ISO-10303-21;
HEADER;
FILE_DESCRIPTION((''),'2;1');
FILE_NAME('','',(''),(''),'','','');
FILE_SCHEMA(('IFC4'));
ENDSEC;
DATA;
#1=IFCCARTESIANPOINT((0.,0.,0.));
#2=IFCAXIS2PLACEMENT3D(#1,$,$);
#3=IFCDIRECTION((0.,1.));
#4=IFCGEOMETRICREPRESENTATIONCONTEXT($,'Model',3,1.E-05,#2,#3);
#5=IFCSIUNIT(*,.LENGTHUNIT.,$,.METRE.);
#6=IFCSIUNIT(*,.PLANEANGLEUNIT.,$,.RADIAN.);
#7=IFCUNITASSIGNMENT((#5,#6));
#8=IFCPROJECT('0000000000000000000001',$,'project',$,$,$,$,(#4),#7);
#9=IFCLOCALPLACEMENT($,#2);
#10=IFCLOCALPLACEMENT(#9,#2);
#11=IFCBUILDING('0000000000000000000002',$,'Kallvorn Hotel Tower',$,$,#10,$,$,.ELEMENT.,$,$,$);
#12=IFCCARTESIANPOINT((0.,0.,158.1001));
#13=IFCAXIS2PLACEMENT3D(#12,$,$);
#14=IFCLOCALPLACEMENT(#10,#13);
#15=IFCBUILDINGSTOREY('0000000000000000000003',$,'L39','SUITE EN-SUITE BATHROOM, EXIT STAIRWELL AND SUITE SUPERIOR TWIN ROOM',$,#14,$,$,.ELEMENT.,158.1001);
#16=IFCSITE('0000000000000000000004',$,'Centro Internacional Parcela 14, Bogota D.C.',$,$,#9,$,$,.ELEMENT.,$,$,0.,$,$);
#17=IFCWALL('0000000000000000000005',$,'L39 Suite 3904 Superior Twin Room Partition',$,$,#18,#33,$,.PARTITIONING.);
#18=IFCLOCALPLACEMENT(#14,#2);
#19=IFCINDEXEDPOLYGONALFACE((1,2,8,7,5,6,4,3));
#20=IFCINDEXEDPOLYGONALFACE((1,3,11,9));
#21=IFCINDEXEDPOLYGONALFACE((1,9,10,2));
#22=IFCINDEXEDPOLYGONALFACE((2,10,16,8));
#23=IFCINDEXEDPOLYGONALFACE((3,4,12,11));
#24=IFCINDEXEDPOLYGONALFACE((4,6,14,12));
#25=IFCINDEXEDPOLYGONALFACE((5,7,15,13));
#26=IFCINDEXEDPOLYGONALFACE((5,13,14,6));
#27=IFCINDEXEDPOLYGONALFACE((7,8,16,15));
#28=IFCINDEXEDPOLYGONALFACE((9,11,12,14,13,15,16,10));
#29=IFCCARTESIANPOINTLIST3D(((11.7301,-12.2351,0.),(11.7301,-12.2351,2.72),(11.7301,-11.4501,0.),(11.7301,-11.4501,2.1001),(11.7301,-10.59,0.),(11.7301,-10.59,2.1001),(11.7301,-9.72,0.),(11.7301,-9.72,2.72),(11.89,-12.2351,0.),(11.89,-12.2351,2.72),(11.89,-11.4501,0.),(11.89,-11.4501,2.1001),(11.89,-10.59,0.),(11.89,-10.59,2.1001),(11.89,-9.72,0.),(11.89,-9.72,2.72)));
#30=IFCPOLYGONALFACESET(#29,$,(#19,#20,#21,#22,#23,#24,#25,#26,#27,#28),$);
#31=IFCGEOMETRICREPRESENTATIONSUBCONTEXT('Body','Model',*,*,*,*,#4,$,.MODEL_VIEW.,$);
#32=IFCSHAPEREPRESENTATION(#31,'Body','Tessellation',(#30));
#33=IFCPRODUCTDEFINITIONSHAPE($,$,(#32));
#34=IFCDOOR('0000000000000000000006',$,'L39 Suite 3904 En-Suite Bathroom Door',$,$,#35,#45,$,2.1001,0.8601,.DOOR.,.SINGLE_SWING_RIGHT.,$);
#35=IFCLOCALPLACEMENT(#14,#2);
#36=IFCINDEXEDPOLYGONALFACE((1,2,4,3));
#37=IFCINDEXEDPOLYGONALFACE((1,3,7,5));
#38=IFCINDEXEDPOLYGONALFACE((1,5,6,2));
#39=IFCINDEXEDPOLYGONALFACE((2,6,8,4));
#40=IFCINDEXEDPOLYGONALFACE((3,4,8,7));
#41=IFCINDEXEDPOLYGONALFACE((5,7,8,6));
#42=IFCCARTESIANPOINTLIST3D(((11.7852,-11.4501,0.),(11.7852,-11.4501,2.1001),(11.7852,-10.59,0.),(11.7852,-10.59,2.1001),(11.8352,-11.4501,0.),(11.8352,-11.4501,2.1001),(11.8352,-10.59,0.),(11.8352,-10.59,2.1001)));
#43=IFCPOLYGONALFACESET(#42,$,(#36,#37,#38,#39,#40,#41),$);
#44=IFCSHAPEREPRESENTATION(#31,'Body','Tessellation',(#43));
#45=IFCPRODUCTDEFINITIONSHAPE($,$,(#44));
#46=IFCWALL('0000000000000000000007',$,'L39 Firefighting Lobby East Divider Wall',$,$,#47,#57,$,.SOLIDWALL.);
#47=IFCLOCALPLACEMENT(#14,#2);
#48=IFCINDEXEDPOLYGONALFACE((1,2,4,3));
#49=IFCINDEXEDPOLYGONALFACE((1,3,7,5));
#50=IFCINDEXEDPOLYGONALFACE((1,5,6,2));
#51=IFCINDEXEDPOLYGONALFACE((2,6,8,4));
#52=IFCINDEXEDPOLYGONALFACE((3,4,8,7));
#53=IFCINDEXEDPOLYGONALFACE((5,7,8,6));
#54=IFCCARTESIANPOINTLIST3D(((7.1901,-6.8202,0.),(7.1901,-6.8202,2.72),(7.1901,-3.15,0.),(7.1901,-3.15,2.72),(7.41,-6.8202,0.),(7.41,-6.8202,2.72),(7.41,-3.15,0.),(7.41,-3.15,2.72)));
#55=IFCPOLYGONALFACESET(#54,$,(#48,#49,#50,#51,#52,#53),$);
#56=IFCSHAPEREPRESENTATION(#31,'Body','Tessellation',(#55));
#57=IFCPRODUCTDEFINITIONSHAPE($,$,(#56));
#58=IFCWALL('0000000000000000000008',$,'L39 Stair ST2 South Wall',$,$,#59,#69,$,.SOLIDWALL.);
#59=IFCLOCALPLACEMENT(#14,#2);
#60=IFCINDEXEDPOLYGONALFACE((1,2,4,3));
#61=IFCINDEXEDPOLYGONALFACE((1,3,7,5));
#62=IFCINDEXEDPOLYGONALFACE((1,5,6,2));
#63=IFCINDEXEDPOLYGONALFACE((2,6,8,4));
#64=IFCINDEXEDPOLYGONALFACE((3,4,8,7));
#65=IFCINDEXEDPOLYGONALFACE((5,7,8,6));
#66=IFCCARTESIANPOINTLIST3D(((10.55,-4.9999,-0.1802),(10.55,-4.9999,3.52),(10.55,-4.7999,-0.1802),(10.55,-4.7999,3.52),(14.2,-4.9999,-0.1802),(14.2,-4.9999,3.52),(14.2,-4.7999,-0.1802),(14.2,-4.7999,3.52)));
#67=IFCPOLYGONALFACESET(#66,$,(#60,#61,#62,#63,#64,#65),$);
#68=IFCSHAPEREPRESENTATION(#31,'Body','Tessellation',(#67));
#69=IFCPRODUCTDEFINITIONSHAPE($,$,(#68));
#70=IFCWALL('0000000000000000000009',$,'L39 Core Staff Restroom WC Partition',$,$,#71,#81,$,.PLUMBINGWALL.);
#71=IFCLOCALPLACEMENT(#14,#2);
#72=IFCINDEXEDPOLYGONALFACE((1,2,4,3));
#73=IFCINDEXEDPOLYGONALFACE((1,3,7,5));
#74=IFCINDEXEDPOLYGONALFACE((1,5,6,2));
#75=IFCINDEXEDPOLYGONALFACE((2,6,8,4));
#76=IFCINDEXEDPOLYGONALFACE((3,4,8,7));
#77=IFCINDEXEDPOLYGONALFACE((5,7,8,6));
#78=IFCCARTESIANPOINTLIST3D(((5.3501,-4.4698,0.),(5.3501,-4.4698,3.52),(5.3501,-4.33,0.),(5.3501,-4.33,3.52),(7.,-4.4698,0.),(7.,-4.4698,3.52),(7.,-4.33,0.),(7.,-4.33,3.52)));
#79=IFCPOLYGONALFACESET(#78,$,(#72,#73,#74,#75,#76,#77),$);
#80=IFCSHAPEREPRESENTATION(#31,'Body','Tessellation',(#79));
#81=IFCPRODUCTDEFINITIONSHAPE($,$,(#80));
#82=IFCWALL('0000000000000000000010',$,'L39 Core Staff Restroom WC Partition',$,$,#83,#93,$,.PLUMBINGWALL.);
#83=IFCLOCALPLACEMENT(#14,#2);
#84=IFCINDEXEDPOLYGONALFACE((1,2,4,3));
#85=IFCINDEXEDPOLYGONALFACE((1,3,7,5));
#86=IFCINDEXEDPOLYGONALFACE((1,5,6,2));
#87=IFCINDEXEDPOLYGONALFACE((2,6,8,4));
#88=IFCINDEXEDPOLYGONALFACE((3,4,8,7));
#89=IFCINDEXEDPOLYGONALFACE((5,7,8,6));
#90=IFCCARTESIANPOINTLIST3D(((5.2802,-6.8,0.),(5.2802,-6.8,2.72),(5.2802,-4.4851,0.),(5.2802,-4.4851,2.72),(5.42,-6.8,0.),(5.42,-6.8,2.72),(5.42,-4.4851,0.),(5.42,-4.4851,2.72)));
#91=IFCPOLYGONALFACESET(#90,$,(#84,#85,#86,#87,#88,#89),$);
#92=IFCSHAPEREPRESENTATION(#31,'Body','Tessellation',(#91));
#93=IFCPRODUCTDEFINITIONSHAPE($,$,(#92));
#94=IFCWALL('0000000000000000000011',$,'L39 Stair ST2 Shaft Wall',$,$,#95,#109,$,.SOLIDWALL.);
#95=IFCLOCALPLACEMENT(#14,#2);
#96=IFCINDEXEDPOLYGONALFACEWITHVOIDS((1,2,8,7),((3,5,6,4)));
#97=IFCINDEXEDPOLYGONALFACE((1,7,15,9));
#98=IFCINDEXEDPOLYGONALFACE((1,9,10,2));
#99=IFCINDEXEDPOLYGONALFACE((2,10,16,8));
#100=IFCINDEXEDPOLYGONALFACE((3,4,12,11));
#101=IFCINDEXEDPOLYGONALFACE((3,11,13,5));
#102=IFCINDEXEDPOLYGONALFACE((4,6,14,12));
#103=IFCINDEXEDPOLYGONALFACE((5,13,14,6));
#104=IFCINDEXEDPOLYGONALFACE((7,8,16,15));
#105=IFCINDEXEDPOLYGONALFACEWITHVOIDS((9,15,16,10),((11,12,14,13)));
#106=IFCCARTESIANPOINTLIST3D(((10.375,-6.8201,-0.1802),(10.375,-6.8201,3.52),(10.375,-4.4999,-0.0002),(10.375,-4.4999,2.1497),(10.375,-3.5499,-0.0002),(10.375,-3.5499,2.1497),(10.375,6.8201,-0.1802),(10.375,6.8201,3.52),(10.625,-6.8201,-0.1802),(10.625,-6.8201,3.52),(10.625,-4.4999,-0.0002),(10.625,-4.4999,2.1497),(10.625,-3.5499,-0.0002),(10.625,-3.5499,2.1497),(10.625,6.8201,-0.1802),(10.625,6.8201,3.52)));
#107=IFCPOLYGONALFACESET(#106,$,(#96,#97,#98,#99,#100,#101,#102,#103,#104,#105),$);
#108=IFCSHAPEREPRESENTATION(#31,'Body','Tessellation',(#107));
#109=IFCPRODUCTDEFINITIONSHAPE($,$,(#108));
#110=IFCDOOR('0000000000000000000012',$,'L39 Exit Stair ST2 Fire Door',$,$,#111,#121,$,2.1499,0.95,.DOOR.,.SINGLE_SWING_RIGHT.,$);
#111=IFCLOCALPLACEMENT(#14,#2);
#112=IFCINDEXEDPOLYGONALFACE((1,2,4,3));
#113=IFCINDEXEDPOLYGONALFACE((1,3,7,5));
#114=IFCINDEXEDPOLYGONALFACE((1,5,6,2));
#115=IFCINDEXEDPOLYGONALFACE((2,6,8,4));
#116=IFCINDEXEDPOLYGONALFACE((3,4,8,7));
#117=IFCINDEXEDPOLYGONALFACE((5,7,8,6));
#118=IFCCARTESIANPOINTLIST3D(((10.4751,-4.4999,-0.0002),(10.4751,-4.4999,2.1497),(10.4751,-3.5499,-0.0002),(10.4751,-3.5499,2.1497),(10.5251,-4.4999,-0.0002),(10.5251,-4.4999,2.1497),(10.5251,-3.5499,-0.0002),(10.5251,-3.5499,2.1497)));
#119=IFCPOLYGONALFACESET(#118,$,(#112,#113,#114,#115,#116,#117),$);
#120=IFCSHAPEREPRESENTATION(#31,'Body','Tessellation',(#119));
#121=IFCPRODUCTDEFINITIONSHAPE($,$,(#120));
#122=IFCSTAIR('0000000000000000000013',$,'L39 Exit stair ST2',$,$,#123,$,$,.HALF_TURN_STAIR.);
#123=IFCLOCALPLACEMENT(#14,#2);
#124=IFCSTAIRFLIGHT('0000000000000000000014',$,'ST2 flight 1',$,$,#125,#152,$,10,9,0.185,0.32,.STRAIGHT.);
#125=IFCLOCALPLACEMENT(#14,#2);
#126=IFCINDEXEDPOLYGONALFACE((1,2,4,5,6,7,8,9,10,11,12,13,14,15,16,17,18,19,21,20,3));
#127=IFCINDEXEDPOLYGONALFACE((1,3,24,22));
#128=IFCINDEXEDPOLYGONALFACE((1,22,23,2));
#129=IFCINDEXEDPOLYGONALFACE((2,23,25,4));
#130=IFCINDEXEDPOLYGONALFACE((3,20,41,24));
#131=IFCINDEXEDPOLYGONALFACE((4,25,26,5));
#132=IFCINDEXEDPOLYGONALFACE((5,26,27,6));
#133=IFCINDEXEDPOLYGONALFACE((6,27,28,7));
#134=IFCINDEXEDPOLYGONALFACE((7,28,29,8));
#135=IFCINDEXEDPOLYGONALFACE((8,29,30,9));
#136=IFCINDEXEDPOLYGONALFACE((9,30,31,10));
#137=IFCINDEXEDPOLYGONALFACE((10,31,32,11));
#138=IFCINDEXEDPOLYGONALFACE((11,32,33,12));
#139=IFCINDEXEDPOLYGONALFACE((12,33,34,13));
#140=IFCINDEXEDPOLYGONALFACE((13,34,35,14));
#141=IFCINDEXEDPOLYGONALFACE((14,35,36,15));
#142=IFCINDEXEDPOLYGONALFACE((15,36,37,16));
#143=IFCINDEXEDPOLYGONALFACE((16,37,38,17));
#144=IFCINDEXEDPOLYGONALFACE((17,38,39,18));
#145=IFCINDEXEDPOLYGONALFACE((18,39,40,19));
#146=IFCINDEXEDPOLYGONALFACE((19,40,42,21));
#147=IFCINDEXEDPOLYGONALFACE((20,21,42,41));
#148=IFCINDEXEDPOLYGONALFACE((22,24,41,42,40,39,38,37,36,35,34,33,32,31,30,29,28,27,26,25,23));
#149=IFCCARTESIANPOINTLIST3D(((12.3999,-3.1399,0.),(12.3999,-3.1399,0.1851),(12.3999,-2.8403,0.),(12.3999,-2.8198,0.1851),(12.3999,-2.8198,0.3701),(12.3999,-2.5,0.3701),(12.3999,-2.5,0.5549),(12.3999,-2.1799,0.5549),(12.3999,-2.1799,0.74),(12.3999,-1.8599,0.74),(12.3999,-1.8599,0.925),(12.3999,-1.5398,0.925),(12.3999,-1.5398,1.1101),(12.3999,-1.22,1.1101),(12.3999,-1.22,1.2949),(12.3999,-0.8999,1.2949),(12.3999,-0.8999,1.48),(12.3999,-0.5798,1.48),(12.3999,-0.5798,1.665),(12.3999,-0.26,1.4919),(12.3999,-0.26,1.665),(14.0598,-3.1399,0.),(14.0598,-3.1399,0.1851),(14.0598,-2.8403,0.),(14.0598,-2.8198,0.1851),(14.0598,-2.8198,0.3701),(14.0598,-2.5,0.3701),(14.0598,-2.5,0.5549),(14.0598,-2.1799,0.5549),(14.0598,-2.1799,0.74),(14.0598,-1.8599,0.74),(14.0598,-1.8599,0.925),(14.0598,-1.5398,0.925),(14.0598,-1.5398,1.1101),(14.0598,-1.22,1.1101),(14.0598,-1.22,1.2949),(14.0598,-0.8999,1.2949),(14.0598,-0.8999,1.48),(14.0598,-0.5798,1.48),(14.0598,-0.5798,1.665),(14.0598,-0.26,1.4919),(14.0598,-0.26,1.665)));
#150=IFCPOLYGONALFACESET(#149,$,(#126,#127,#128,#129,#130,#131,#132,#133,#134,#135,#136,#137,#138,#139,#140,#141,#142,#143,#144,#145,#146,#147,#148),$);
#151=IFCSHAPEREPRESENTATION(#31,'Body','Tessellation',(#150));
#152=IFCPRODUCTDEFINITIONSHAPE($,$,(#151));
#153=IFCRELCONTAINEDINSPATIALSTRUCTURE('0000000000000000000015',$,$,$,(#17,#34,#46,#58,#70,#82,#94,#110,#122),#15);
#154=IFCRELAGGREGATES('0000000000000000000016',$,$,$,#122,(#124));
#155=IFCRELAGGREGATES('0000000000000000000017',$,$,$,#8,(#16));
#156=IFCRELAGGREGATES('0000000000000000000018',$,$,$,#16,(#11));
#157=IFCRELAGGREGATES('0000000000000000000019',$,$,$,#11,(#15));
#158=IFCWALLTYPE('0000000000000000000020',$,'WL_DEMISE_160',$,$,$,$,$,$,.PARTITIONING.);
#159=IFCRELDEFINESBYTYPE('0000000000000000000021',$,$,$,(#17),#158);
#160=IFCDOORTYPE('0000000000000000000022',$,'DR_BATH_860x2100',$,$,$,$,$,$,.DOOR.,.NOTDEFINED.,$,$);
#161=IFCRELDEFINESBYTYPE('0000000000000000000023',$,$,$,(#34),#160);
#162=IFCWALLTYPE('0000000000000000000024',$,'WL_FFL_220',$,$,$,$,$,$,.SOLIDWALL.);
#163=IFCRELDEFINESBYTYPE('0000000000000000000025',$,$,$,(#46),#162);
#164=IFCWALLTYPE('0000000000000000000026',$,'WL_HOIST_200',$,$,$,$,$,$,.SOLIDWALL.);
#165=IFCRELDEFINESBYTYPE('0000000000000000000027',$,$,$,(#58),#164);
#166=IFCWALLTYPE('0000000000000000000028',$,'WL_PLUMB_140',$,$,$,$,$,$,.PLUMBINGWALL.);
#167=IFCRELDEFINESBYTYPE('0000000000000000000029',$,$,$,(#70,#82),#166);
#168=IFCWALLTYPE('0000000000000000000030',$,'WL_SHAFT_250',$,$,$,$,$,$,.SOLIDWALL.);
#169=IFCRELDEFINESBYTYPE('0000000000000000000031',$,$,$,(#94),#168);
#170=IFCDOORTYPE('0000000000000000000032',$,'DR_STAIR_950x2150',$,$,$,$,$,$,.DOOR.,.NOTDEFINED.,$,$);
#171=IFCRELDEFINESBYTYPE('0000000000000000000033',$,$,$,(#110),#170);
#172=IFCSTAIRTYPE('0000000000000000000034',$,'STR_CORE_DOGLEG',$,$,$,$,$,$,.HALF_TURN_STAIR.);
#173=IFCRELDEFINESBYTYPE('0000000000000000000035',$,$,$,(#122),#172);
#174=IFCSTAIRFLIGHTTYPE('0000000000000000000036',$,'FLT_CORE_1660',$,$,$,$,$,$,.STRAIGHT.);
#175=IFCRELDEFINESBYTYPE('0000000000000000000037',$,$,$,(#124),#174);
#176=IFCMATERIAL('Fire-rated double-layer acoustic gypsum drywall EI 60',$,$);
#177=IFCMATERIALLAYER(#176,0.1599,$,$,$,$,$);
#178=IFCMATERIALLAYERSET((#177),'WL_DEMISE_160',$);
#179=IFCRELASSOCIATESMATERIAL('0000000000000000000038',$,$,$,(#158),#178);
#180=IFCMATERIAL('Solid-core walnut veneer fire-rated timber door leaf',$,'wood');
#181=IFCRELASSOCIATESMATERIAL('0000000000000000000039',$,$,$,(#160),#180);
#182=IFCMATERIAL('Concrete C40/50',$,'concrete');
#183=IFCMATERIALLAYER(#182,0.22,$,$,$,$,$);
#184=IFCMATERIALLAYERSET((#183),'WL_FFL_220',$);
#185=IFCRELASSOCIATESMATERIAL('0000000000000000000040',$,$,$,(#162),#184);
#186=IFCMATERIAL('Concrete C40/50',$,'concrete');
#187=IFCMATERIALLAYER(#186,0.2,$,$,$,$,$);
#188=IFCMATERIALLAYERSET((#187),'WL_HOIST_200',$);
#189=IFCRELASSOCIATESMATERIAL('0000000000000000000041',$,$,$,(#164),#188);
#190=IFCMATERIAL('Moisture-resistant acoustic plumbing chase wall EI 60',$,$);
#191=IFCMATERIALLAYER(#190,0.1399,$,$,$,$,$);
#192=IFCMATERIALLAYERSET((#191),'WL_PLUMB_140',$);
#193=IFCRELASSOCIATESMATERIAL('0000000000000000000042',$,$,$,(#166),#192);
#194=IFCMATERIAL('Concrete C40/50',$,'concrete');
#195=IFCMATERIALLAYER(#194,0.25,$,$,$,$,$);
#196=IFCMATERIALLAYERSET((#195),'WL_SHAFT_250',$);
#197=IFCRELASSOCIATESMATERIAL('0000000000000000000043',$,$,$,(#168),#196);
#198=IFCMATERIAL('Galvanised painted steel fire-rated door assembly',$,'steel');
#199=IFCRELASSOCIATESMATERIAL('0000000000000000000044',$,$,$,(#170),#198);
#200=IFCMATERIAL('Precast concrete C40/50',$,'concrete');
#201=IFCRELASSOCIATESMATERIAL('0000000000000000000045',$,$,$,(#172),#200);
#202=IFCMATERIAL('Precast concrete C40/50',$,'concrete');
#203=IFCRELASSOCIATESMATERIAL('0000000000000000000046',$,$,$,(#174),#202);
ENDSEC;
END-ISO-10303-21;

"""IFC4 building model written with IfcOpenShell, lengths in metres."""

from ifc_helpers import new_model, si_unit, direction, frame, frame_2d, origin, place, context, subcontext, project, spatial, polyline, rectangle, outline, extrude, material, layer, layer_set, type_object, element, fill, aggregate, save


model = new_model("IFC4")

# Units and contexts
model_context = context("Model", 3, precision=1e-05, world=origin(), true_north=direction((0.0, 1.0)))
body_context = subcontext(model_context, "Body", "Model", "MODEL_VIEW")
ifc_project = project(units=[si_unit("LENGTHUNIT", "METRE"), si_unit("PLANEANGLEUNIT", "RADIAN")], contexts=[model_context])

# Site, building, storey
site_placement = place(None, origin())
site = spatial("IfcSite", under=ifc_project, at=site_placement, Name="Centro Internacional Parcela 14, Bogota D.C.", CompositionType="ELEMENT", RefElevation=0.0)
building_placement = place(site_placement, origin())
building = spatial("IfcBuilding", under=site, at=building_placement, Name="Kallvorn Hotel Tower", CompositionType="ELEMENT")
storey_placement = place(building_placement, frame((0.0, 0.0, 158.1001)))
storey = spatial("IfcBuildingStorey", under=building, at=storey_placement, Name="L39", Description="SUITE EN-SUITE BATHROOM, EXIT STAIRWELL AND SUITE SUPERIOR TWIN ROOM", CompositionType="ELEMENT", Elevation=158.1001)

# Shared definitions
ifc_material_1 = material(Name="Fire-rated double-layer acoustic gypsum drywall EI 60")
ifc_layer_1 = layer(ifc_material_1, 0.1599)
ifc_layer_set_1 = layer_set([ifc_layer_1], Name="WL_DEMISE_160")
wall_type_1 = type_object("IfcWallType", Name="WL_DEMISE_160", PredefinedType="PARTITIONING", material=ifc_layer_set_1)

# Wall, opening, door
wall_1_placement = place(storey_placement, frame((11.8101, -12.2351, 0.0), z_axis=(0.0, 0.0, 1.0), x_axis=(0.0, 1.0, 0.0)))
wall_1 = element("IfcWall", 1, at=wall_1_placement, inside=storey, type_object=wall_type_1, Name="L39 Suite 3904 Superior Twin Room Partition", PredefinedType="PARTITIONING", context=body_context, shape_type="SweptSolid", body=[
    extrude(rectangle(XDim=2.5151, YDim=0.1599, at=frame_2d((1.2576, 0.0))), origin(), (0.0, 0.0, 1.0), 2.72),
])
opening_1_placement = place(wall_1_placement, frame((0.7849, 0.0, 0.0)))
opening_1 = element("IfcOpeningElement", 2, at=opening_1_placement, cuts=wall_1, PredefinedType="OPENING", context=body_context, shape_type="SweptSolid", body=[
    extrude(rectangle(XDim=0.8601, YDim=2.1001, at=frame_2d((0.4302, 1.05))), frame((0.0, 0.095, 0.0), z_axis=(0.0, -1.0, 0.0), x_axis=(1.0, 0.0, 0.0)), (0.0, 0.0, 1.0), 0.1899),
])
ifc_material_2 = material(Name="Solid-core walnut veneer fire-rated timber door leaf", Category="wood")
door_type_1 = type_object("IfcDoorType", Name="DR_BATH_860x2100", OperationType="NOTDEFINED", PredefinedType="DOOR", material=ifc_material_2)
door_1_placement = place(opening_1_placement, origin())
door_1 = element("IfcDoor", 3, at=door_1_placement, inside=storey, type_object=door_type_1, Name="L39 Suite 3904 En-Suite Bathroom Door", OperationType="SINGLE_SWING_RIGHT", OverallHeight=2.1001, OverallWidth=0.8601, PredefinedType="DOOR", context=body_context, shape_type="SweptSolid", body=[
    extrude(rectangle(XDim=0.8601, YDim=2.1001, at=frame_2d((0.4302, 1.05))), frame((0.0, 0.0249, 0.0), z_axis=(0.0, -1.0, 0.0), x_axis=(1.0, 0.0, 0.0)), (0.0, 0.0, 1.0), 0.05),
])
fill(opening_1, door_1)

# Walls
ifc_material_3 = material(Name="Concrete C40/50", Category="concrete")
ifc_layer_2 = layer(ifc_material_3, 0.22)
ifc_layer_set_2 = layer_set([ifc_layer_2], Name="WL_FFL_220")
wall_type_2 = type_object("IfcWallType", Name="WL_FFL_220", PredefinedType="SOLIDWALL", material=ifc_layer_set_2)
wall_2_placement = place(storey_placement, frame((7.3, -6.8201, 0.0), z_axis=(0.0, 0.0, 1.0), x_axis=(0.0, 1.0, 0.0)))
element("IfcWall", 4, at=wall_2_placement, inside=storey, type_object=wall_type_2, Name="L39 Firefighting Lobby East Divider Wall", PredefinedType="SOLIDWALL", context=body_context, shape_type="SweptSolid", body=[
    extrude(rectangle(XDim=3.6702, YDim=0.22, at=frame_2d((1.835, 0.0))), origin(), (0.0, 0.0, 1.0), 2.72),
])
ifc_material_4 = material(Name="Concrete C40/50", Category="concrete")
ifc_layer_3 = layer(ifc_material_4, 0.2)
ifc_layer_set_3 = layer_set([ifc_layer_3], Name="WL_HOIST_200")
wall_type_3 = type_object("IfcWallType", Name="WL_HOIST_200", PredefinedType="SOLIDWALL", material=ifc_layer_set_3)
wall_3_placement = place(storey_placement, frame((10.55, -4.8999, -0.1802), z_axis=(0.0, 0.0, 1.0), x_axis=(1.0, 0.0, 0.0)))
element("IfcWall", 5, at=wall_3_placement, inside=storey, type_object=wall_type_3, Name="L39 Stair ST2 South Wall", PredefinedType="SOLIDWALL", context=body_context, shape_type="SweptSolid", body=[
    extrude(rectangle(XDim=3.6499, YDim=0.2, at=frame_2d((1.825, 0.0))), origin(), (0.0, 0.0, 1.0), 3.7002),
])
ifc_material_5 = material(Name="Moisture-resistant acoustic plumbing chase wall EI 60")
ifc_layer_4 = layer(ifc_material_5, 0.1399)
ifc_layer_set_4 = layer_set([ifc_layer_4], Name="WL_PLUMB_140")
wall_type_4 = type_object("IfcWallType", Name="WL_PLUMB_140", PredefinedType="PLUMBINGWALL", material=ifc_layer_set_4)
wall_4_placement = place(storey_placement, frame((5.3501, -4.3999, 0.0), z_axis=(0.0, 0.0, 1.0), x_axis=(1.0, 0.0, 0.0)))
element("IfcWall", 6, at=wall_4_placement, inside=storey, type_object=wall_type_4, Name="L39 Core Staff Restroom WC Partition", PredefinedType="PLUMBINGWALL", context=body_context, shape_type="SweptSolid", body=[
    extrude(rectangle(XDim=1.6499, YDim=0.1399, at=frame_2d((0.825, 0.0))), origin(), (0.0, 0.0, 1.0), 3.52),
])
wall_5_placement = place(storey_placement, frame((5.3501, -6.8, 0.0), z_axis=(0.0, 0.0, 1.0), x_axis=(0.0, 1.0, 0.0)))
element("IfcWall", 7, at=wall_5_placement, inside=storey, type_object=wall_type_4, Name="L39 Core Staff Restroom WC Partition", PredefinedType="PLUMBINGWALL", context=body_context, shape_type="SweptSolid", body=[
    extrude(rectangle(XDim=2.3149, YDim=0.1399, at=frame_2d((1.1575, 0.0))), origin(), (0.0, 0.0, 1.0), 2.72),
])

# Wall, opening, door
ifc_material_6 = material(Name="Concrete C40/50", Category="concrete")
ifc_layer_5 = layer(ifc_material_6, 0.25)
ifc_layer_set_5 = layer_set([ifc_layer_5], Name="WL_SHAFT_250")
wall_type_5 = type_object("IfcWallType", Name="WL_SHAFT_250", PredefinedType="SOLIDWALL", material=ifc_layer_set_5)
wall_6_placement = place(storey_placement, frame((10.5, -6.8201, -0.1802), z_axis=(0.0, 0.0, 1.0), x_axis=(0.0, 1.0, 0.0)))
wall_6 = element("IfcWall", 8, at=wall_6_placement, inside=storey, type_object=wall_type_5, Name="L39 Stair ST2 Shaft Wall", PredefinedType="SOLIDWALL", context=body_context, shape_type="SweptSolid", body=[
    extrude(rectangle(XDim=13.6401, YDim=0.25, at=frame_2d((6.8201, 0.0))), origin(), (0.0, 0.0, 1.0), 3.7002),
])
opening_2_placement = place(wall_6_placement, frame((2.3201, 0.0, 0.1799)))
opening_2 = element("IfcOpeningElement", 9, at=opening_2_placement, cuts=wall_6, PredefinedType="OPENING", context=body_context, shape_type="SweptSolid", body=[
    extrude(rectangle(XDim=0.95, YDim=2.1499, at=frame_2d((0.4751, 1.075))), frame((0.0, 0.1399, 0.0), z_axis=(0.0, -1.0, 0.0), x_axis=(1.0, 0.0, 0.0)), (0.0, 0.0, 1.0), 0.28),
])
ifc_material_7 = material(Name="Galvanised painted steel fire-rated door assembly", Category="steel")
door_type_2 = type_object("IfcDoorType", Name="DR_STAIR_950x2150", OperationType="NOTDEFINED", PredefinedType="DOOR", material=ifc_material_7)
door_2_placement = place(opening_2_placement, origin())
door_2 = element("IfcDoor", 10, at=door_2_placement, inside=storey, type_object=door_type_2, Name="L39 Exit Stair ST2 Fire Door", OperationType="SINGLE_SWING_RIGHT", OverallHeight=2.1499, OverallWidth=0.95, PredefinedType="DOOR", context=body_context, shape_type="SweptSolid", body=[
    extrude(rectangle(XDim=0.95, YDim=2.1499, at=frame_2d((0.4751, 1.075))), frame((0.0, 0.0249, 0.0), z_axis=(0.0, -1.0, 0.0), x_axis=(1.0, 0.0, 0.0)), (0.0, 0.0, 1.0), 0.05),
])
fill(opening_2, door_2)

# Stair, stair flight
ifc_material_8 = material(Name="Precast concrete C40/50", Category="concrete")
stair_type = type_object("IfcStairType", Name="STR_CORE_DOGLEG", PredefinedType="HALF_TURN_STAIR", material=ifc_material_8)
stair_placement = place(storey_placement, origin())
stair = element("IfcStair", 11, at=stair_placement, inside=storey, type_object=stair_type, Name="L39 Exit stair ST2", PredefinedType="HALF_TURN_STAIR")
ifc_material_9 = material(Name="Precast concrete C40/50", Category="concrete")
stair_flight_type = type_object("IfcStairFlightType", Name="FLT_CORE_1660", PredefinedType="STRAIGHT", material=ifc_material_9)
stair_flight_placement = place(storey_placement, frame((13.23, -3.1399, 0.0), z_axis=(0.0, 0.0, 1.0), x_axis=(0.0, 1.0, 0.0)))
stair_flight = element("IfcStairFlight", 12, at=stair_flight_placement, type_object=stair_flight_type, Name="ST2 flight 1", NumberOfRisers=10, NumberOfTreads=9, PredefinedType="STRAIGHT", RiserHeight=0.185, TreadLength=0.32, context=body_context, shape_type="SweptSolid", body=[
    extrude(outline(polyline([(0.0, 0.0), (0.0, 0.1851), (0.3201, 0.1851), (0.3201, 0.3701), (0.6399, 0.3701), (0.6399, 0.5549), (0.96, 0.5549), (0.96, 0.74), (1.28, 0.74), (1.28, 0.925), (1.6001, 0.925), (1.6001, 1.1101), (1.9199, 1.1101), (1.9199, 1.2949), (2.24, 1.2949), (2.24, 1.48), (2.5601, 1.48), (2.5601, 1.665), (2.8799, 1.665), (2.8799, 1.8501), (2.8799, 1.4919), (0.2996, 0.0), (0.0, 0.0)])), frame((0.0, 0.8301, 0.0), z_axis=(0.0, -1.0, 0.0), x_axis=(1.0, 0.0, 0.0)), (0.0, 0.0, 1.0), 1.6599),
])
aggregate(stair, [stair_flight])

save(model, "model.ifc")
